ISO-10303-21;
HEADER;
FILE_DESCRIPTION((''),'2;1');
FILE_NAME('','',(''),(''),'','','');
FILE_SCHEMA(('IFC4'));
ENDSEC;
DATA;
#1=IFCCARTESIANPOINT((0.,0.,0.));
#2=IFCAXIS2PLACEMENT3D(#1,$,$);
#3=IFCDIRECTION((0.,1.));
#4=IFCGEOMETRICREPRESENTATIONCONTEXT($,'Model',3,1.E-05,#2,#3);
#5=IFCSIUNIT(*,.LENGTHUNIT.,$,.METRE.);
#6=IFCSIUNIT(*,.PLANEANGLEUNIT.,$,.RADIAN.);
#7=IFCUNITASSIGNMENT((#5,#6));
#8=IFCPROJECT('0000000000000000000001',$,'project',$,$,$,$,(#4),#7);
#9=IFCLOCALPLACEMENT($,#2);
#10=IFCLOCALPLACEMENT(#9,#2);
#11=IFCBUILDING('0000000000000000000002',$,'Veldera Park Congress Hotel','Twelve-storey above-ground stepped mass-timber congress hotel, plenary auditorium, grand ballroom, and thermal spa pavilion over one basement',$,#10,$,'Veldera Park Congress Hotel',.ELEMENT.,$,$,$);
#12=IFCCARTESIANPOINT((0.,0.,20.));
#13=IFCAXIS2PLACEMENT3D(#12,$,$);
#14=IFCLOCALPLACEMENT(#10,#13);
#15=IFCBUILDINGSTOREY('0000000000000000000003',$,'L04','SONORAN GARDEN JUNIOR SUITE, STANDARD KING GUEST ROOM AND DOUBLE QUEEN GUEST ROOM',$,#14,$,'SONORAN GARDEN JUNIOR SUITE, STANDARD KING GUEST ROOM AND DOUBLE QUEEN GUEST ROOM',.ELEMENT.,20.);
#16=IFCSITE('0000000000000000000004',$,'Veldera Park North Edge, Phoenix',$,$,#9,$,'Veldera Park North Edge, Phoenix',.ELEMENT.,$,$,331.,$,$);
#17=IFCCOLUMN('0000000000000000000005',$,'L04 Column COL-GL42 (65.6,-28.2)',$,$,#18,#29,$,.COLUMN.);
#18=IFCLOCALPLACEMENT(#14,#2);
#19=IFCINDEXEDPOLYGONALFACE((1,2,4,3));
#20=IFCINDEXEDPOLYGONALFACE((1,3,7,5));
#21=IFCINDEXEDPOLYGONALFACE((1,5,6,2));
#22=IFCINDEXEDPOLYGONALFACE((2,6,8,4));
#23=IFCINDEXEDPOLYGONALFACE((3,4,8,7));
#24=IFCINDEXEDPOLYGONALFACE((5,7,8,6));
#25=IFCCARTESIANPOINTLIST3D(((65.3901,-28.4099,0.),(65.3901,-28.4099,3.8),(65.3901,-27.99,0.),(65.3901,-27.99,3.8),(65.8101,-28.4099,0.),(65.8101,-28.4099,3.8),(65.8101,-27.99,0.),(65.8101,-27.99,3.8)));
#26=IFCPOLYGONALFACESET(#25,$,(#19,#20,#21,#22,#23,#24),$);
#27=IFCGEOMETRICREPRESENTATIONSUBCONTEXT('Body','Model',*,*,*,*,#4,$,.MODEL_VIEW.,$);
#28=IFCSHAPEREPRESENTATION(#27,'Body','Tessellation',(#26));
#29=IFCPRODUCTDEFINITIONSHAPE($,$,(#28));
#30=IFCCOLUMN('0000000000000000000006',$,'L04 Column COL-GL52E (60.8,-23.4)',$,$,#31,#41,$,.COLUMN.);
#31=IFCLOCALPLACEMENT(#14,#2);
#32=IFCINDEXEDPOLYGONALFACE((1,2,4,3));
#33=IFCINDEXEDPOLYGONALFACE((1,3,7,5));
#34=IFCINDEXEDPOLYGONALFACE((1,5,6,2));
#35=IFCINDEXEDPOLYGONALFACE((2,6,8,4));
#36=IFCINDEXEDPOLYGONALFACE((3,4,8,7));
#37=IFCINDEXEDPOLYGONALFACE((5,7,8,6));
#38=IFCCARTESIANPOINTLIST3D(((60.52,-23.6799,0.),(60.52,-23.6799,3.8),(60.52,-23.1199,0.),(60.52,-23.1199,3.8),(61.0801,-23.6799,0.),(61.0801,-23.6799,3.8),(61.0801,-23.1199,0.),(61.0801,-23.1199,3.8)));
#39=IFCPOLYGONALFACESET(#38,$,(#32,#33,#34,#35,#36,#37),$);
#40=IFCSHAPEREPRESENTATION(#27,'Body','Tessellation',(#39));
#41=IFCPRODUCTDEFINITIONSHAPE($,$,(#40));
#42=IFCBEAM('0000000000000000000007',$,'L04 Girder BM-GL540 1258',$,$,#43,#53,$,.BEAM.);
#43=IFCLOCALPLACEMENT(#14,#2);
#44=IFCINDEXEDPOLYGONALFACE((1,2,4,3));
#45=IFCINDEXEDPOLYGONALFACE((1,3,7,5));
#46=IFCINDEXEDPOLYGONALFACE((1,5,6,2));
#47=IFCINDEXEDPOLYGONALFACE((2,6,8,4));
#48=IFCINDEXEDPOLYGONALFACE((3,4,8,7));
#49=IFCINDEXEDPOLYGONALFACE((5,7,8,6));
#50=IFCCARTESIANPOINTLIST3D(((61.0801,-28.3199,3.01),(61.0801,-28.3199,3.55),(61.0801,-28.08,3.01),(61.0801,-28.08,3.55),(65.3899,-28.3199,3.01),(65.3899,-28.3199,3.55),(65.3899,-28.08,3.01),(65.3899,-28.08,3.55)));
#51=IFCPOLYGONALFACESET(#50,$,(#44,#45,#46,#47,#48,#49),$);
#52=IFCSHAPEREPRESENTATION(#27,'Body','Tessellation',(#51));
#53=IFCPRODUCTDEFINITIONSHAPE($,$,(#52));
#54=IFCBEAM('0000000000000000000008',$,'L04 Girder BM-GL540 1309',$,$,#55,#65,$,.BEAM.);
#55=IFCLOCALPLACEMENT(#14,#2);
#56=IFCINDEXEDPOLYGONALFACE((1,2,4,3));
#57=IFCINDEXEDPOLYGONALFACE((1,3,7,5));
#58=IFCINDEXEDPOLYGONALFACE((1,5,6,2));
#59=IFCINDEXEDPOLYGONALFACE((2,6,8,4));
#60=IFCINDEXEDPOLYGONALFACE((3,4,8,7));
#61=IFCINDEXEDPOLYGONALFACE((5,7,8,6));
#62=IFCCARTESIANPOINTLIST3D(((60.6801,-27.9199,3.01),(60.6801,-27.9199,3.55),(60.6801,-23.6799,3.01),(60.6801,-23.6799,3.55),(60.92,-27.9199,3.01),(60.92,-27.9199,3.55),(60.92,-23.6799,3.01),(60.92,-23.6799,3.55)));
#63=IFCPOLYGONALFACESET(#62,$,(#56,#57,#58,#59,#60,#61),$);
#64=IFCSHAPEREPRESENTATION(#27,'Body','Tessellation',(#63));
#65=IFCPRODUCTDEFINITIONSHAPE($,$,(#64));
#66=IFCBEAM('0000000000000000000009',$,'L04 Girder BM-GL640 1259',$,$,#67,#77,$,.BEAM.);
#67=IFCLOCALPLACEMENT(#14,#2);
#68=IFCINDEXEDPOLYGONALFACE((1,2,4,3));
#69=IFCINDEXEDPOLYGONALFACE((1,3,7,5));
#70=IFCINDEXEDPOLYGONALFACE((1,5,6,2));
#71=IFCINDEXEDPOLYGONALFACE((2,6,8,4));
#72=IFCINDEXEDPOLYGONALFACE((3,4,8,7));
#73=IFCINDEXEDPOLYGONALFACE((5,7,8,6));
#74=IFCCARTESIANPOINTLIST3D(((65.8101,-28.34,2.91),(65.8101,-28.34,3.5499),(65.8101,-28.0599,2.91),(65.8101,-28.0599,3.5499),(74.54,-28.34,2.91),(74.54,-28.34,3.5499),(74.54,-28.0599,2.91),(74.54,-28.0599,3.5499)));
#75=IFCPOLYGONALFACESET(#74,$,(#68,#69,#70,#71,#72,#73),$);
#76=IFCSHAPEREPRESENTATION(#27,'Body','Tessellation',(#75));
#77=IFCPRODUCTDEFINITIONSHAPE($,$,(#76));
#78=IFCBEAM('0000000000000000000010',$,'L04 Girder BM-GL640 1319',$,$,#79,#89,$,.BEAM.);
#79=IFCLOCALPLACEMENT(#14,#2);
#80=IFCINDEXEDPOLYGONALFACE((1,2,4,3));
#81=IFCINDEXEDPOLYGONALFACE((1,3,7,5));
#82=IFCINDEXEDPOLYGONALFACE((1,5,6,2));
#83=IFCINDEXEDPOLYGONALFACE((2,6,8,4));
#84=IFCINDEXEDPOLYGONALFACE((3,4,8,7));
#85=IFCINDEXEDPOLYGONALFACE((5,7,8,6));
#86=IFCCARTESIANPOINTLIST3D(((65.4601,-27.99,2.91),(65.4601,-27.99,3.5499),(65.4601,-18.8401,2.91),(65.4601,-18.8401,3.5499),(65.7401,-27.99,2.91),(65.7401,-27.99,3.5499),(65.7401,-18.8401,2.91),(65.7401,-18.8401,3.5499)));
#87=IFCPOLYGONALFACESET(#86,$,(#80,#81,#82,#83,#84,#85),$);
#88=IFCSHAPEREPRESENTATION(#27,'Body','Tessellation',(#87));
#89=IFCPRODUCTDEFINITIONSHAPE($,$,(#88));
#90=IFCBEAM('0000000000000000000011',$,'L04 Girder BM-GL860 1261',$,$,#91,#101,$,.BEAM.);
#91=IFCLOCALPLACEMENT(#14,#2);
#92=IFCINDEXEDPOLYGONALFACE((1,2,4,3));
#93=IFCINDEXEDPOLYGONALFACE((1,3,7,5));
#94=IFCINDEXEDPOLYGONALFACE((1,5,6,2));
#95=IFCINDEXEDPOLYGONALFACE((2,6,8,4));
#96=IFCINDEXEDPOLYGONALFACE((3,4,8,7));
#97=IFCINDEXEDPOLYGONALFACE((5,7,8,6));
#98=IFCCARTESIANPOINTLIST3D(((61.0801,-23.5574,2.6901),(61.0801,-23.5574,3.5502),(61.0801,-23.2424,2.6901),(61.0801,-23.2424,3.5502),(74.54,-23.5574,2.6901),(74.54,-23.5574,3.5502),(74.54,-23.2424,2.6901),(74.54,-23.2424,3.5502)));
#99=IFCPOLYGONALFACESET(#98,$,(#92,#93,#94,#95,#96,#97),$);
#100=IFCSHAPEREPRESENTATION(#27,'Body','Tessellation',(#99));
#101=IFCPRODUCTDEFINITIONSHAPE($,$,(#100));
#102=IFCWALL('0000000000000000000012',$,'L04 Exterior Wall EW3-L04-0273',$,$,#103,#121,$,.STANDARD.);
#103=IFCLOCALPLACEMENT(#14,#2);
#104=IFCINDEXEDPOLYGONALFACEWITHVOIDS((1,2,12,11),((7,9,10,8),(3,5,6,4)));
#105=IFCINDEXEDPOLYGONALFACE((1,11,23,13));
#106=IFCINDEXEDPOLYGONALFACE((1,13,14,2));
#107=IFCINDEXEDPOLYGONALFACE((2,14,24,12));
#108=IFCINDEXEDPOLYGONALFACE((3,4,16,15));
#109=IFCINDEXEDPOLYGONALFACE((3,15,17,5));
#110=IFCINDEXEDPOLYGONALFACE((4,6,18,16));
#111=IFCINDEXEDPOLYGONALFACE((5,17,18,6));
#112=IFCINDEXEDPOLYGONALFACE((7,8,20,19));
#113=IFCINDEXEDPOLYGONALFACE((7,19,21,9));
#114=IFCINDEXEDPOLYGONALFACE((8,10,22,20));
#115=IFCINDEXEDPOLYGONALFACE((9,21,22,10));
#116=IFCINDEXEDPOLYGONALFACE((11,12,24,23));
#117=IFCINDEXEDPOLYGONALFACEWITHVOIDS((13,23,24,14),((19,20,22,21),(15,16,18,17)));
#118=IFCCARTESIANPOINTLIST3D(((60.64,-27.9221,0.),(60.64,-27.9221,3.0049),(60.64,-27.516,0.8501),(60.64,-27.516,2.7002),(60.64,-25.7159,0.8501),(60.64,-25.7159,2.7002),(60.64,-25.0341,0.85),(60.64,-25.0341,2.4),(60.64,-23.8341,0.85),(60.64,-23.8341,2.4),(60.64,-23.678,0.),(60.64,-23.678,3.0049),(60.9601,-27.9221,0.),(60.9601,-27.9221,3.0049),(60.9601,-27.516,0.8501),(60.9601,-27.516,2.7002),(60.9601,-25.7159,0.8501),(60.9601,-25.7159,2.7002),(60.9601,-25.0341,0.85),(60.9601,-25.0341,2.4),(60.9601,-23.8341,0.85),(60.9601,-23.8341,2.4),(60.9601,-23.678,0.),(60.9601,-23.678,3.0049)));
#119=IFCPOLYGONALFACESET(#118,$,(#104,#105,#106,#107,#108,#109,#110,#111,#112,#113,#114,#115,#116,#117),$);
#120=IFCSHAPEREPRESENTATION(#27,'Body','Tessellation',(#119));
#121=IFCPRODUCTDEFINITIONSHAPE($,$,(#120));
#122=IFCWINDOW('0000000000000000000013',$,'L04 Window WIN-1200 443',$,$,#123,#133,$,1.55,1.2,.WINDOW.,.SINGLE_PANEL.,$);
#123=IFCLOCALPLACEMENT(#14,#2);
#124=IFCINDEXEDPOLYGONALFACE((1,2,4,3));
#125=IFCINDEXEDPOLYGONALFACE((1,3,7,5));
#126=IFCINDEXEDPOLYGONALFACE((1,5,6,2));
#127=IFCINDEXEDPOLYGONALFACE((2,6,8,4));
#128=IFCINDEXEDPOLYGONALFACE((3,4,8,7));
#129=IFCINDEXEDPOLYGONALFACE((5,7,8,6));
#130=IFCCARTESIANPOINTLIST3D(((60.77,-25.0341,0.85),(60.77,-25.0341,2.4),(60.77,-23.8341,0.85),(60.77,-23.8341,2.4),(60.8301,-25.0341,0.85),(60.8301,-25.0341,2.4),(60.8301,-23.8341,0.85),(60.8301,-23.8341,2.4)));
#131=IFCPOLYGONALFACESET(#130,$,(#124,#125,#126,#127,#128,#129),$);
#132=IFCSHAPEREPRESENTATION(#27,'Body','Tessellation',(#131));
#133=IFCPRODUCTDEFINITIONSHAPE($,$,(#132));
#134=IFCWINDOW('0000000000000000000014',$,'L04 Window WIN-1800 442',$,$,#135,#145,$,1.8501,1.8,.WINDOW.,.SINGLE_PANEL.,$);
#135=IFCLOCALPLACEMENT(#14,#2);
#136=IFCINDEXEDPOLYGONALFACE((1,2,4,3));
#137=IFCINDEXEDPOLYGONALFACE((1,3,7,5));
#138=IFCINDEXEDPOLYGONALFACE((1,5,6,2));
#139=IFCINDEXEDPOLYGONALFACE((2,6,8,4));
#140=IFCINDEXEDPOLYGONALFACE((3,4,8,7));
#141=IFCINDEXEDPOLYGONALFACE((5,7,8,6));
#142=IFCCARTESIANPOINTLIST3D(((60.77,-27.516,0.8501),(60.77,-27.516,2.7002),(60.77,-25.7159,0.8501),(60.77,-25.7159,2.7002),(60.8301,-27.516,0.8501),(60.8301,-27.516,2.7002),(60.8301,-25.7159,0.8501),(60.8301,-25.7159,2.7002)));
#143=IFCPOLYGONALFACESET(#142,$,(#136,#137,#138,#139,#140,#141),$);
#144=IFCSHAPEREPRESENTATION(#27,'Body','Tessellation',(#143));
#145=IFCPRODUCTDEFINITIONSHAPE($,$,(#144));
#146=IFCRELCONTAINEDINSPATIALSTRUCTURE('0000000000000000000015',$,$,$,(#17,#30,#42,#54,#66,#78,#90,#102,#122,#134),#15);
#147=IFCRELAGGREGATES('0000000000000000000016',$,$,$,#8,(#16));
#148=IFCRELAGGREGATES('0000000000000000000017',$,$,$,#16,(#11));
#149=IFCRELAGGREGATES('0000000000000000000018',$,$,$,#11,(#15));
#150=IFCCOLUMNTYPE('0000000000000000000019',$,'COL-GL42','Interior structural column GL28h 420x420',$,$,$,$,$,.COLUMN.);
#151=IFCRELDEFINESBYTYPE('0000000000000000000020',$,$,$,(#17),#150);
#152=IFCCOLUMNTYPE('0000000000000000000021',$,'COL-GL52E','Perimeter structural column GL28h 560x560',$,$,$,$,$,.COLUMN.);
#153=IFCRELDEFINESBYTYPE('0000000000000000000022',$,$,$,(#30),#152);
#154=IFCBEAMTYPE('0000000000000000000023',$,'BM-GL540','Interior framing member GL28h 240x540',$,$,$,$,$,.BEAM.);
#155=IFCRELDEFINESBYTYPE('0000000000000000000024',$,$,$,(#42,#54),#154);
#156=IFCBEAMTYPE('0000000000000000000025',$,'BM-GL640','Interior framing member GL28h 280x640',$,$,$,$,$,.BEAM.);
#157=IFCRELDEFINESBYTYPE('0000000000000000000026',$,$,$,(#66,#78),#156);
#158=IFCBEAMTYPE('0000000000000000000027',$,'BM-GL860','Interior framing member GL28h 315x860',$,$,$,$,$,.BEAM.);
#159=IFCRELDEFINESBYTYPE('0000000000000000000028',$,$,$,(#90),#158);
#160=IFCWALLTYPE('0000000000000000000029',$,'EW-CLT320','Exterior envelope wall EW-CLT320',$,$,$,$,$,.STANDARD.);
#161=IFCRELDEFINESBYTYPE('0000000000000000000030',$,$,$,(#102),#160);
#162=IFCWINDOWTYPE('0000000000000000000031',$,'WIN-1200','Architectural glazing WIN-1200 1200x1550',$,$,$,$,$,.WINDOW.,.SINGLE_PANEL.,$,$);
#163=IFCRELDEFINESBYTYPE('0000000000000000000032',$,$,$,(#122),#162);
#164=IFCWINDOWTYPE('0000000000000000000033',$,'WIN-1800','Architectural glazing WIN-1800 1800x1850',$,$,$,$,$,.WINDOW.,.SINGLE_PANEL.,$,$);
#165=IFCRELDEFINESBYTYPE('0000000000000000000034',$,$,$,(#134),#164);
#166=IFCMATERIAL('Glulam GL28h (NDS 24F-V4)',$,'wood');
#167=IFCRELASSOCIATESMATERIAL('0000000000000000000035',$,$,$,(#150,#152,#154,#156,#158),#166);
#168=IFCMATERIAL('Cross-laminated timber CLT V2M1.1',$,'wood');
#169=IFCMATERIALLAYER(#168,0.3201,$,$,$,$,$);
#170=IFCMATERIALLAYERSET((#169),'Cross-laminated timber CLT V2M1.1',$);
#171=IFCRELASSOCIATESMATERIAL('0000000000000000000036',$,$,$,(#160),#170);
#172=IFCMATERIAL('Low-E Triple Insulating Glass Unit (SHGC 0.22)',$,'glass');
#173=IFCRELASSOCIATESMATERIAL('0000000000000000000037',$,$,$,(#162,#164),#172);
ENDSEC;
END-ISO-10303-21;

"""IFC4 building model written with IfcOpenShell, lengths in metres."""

from ifc_helpers import new_model, si_unit, direction, frame, frame_2d, origin, origin_2d, place, context, subcontext, project, spatial, rectangle, extrude, material, layer, layer_set, material_profile, profile_set, type_object, element, fill, save


model = new_model("IFC4")

# Units and contexts
model_context = context("Model", 3, precision=1e-05, world=origin(), true_north=direction((0.0, 1.0)))
body_context = subcontext(model_context, "Body", "Model", "MODEL_VIEW")
ifc_project = project(units=[si_unit("LENGTHUNIT", "METRE"), si_unit("PLANEANGLEUNIT", "RADIAN")], contexts=[model_context])

# Site, building, storey
site_placement = place(None, origin())
site = spatial("IfcSite", under=ifc_project, at=site_placement, Name="Veldera Park North Edge, Phoenix", LongName="Veldera Park North Edge, Phoenix", CompositionType="ELEMENT", RefElevation=331.0)
building_placement = place(site_placement, origin())
building = spatial("IfcBuilding", under=site, at=building_placement, Name="Veldera Park Congress Hotel", Description="Twelve-storey above-ground stepped mass-timber congress hotel, plenary auditorium, grand ballroom, and thermal spa pavilion over one basement", LongName="Veldera Park Congress Hotel", CompositionType="ELEMENT")
storey_placement = place(building_placement, frame((0.0, 0.0, 20.0)))
storey = spatial("IfcBuildingStorey", under=building, at=storey_placement, Name="L04", Description="SONORAN GARDEN JUNIOR SUITE, STANDARD KING GUEST ROOM AND DOUBLE QUEEN GUEST ROOM", LongName="SONORAN GARDEN JUNIOR SUITE, STANDARD KING GUEST ROOM AND DOUBLE QUEEN GUEST ROOM", CompositionType="ELEMENT", Elevation=20.0)

# Columns
ifc_material_1 = material(Name="Glulam GL28h (NDS 24F-V4)", Category="wood")
ifc_material_profile_1 = material_profile(ifc_material_1, rectangle(XDim=0.4199, YDim=0.4199, at=origin_2d()), Name="GL28h 420x420")
ifc_profile_set_1 = profile_set([ifc_material_profile_1], Name="Glulam GL28h (NDS 24F-V4)")
column_type_1 = type_object("IfcColumnType", Name="COL-GL42", Description="Interior structural column GL28h 420x420", PredefinedType="COLUMN", material=ifc_profile_set_1)
column_1_placement = place(storey_placement, frame((65.6001, -28.2, 0.0), z_axis=(0.0, 0.0, 1.0), x_axis=(1.0, 0.0, 0.0)))
element("IfcColumn", 1, at=column_1_placement, inside=storey, type_object=column_type_1, Name="L04 Column COL-GL42 (65.6,-28.2)", PredefinedType="COLUMN", context=body_context, shape_type="SweptSolid", body=[
    extrude(rectangle(XDim=0.4199, YDim=0.4199, at=origin_2d()), origin(), (0.0, 0.0, 1.0), 3.8),
])
ifc_material_profile_2 = material_profile(ifc_material_1, rectangle(XDim=0.5601, YDim=0.5601, at=origin_2d()), Name="GL28h 560x560")
ifc_profile_set_2 = profile_set([ifc_material_profile_2], Name="Glulam GL28h (NDS 24F-V4)")
column_type_2 = type_object("IfcColumnType", Name="COL-GL52E", Description="Perimeter structural column GL28h 560x560", PredefinedType="COLUMN", material=ifc_profile_set_2)
column_2_placement = place(storey_placement, frame((60.8, -23.3999, 0.0), z_axis=(0.0, 0.0, 1.0), x_axis=(1.0, 0.0, 0.0)))
element("IfcColumn", 2, at=column_2_placement, inside=storey, type_object=column_type_2, Name="L04 Column COL-GL52E (60.8,-23.4)", PredefinedType="COLUMN", context=body_context, shape_type="SweptSolid", body=[
    extrude(rectangle(XDim=0.5601, YDim=0.5601, at=origin_2d()), origin(), (0.0, 0.0, 1.0), 3.8),
])

# Beams
ifc_material_profile_3 = material_profile(ifc_material_1, rectangle(XDim=0.24, YDim=0.54, at=origin_2d()), Name="GL28h 240x540")
ifc_profile_set_3 = profile_set([ifc_material_profile_3], Name="Glulam GL28h (NDS 24F-V4)")
beam_type_1 = type_object("IfcBeamType", Name="BM-GL540", Description="Interior framing member GL28h 240x540", PredefinedType="BEAM", material=ifc_profile_set_3)
beam_1_placement = place(storey_placement, frame((61.0801, -28.2, 3.28), z_axis=(1.0, 0.0, 0.0), x_axis=(0.0, 1.0, 0.0)))
element("IfcBeam", 3, at=beam_1_placement, inside=storey, type_object=beam_type_1, Name="L04 Girder BM-GL540 1258", PredefinedType="BEAM", context=body_context, shape_type="SweptSolid", body=[
    extrude(rectangle(XDim=0.24, YDim=0.54, at=origin_2d()), origin(), (0.0, 0.0, 1.0), 4.3098),
])
beam_2_placement = place(storey_placement, frame((60.8, -27.9199, 3.28), z_axis=(0.0, 1.0, 0.0), x_axis=(-1.0, 0.0, 0.0)))
element("IfcBeam", 4, at=beam_2_placement, inside=storey, type_object=beam_type_1, Name="L04 Girder BM-GL540 1309", PredefinedType="BEAM", context=body_context, shape_type="SweptSolid", body=[
    extrude(rectangle(XDim=0.24, YDim=0.54, at=origin_2d()), origin(), (0.0, 0.0, 1.0), 4.24),
])
ifc_material_profile_4 = material_profile(ifc_material_1, rectangle(XDim=0.28, YDim=0.6399, at=origin_2d()), Name="GL28h 280x640")
ifc_profile_set_4 = profile_set([ifc_material_profile_4], Name="Glulam GL28h (NDS 24F-V4)")
beam_type_2 = type_object("IfcBeamType", Name="BM-GL640", Description="Interior framing member GL28h 280x640", PredefinedType="BEAM", material=ifc_profile_set_4)
beam_3_placement = place(storey_placement, frame((65.8101, -28.2, 3.23), z_axis=(1.0, 0.0, 0.0), x_axis=(0.0, 1.0, 0.0)))
element("IfcBeam", 5, at=beam_3_placement, inside=storey, type_object=beam_type_2, Name="L04 Girder BM-GL640 1259", PredefinedType="BEAM", context=body_context, shape_type="SweptSolid", body=[
    extrude(rectangle(XDim=0.28, YDim=0.6399, at=origin_2d()), origin(), (0.0, 0.0, 1.0), 8.73),
])
beam_4_placement = place(storey_placement, frame((65.6001, -27.99, 3.23), z_axis=(0.0, 1.0, 0.0), x_axis=(-1.0, 0.0, 0.0)))
element("IfcBeam", 6, at=beam_4_placement, inside=storey, type_object=beam_type_2, Name="L04 Girder BM-GL640 1319", PredefinedType="BEAM", context=body_context, shape_type="SweptSolid", body=[
    extrude(rectangle(XDim=0.28, YDim=0.6399, at=origin_2d()), origin(), (0.0, 0.0, 1.0), 9.1499),
])
ifc_material_profile_5 = material_profile(ifc_material_1, rectangle(XDim=0.3149, YDim=0.8601, at=origin_2d()), Name="GL28h 315x860")
ifc_profile_set_5 = profile_set([ifc_material_profile_5], Name="Glulam GL28h (NDS 24F-V4)")
beam_type_3 = type_object("IfcBeamType", Name="BM-GL860", Description="Interior framing member GL28h 315x860", PredefinedType="BEAM", material=ifc_profile_set_5)
beam_5_placement = place(storey_placement, frame((61.0801, -23.3999, 3.1201), z_axis=(1.0, 0.0, 0.0), x_axis=(0.0, 1.0, 0.0)))
element("IfcBeam", 7, at=beam_5_placement, inside=storey, type_object=beam_type_3, Name="L04 Girder BM-GL860 1261", PredefinedType="BEAM", context=body_context, shape_type="SweptSolid", body=[
    extrude(rectangle(XDim=0.3149, YDim=0.8601, at=origin_2d()), origin(), (0.0, 0.0, 1.0), 13.46),
])

# Wall, openings, windows
ifc_material_2 = material(Name="Cross-laminated timber CLT V2M1.1", Category="wood")
ifc_layer_1 = layer(ifc_material_2, 0.3201)
ifc_layer_set_1 = layer_set([ifc_layer_1], Name="Cross-laminated timber CLT V2M1.1")
wall_type_1 = type_object("IfcWallType", Name="EW-CLT320", Description="Exterior envelope wall EW-CLT320", PredefinedType="STANDARD", material=ifc_layer_set_1)
wall_1_placement = place(storey_placement, frame((60.8, -23.678, 0.0), z_axis=(0.0, 0.0, 1.0), x_axis=(0.0, -1.0, 0.0)))
wall_1 = element("IfcWall", 8, at=wall_1_placement, inside=storey, type_object=wall_type_1, Name="L04 Exterior Wall EW3-L04-0273", PredefinedType="STANDARD", context=body_context, shape_type="SweptSolid", body=[
    extrude(rectangle(XDim=4.2441, YDim=0.3201, at=frame_2d((2.1221, 0.0))), origin(), (0.0, 0.0, 1.0), 3.0049),
])
opening_1_placement = place(wall_1_placement, frame((2.0381, 0.0, 0.8501)))
opening_1 = element("IfcOpeningElement", 9, at=opening_1_placement, cuts=wall_1, PredefinedType="OPENING", context=body_context, shape_type="SweptSolid", body=[
    extrude(rectangle(XDim=1.8, YDim=1.8501, at=frame_2d((0.8999, 0.925))), frame((0.0, 0.1721, 0.0), z_axis=(0.0, -1.0, 0.0), x_axis=(1.0, 0.0, 0.0)), (0.0, 0.0, 1.0), 0.344),
])
opening_2_placement = place(wall_1_placement, frame((0.156, 0.0, 0.8501)))
opening_2 = element("IfcOpeningElement", 10, at=opening_2_placement, cuts=wall_1, PredefinedType="OPENING", context=body_context, shape_type="SweptSolid", body=[
    extrude(rectangle(XDim=1.2, YDim=1.55, at=frame_2d((0.6001, 0.7749))), frame((0.0, 0.1721, 0.0), z_axis=(0.0, -1.0, 0.0), x_axis=(1.0, 0.0, 0.0)), (0.0, 0.0, 1.0), 0.344),
])
ifc_material_3 = material(Name="Low-E Triple Insulating Glass Unit (SHGC 0.22)", Category="glass")
window_type_1 = type_object("IfcWindowType", Name="WIN-1200", Description="Architectural glazing WIN-1200 1200x1550", PartitioningType="SINGLE_PANEL", PredefinedType="WINDOW", material=ifc_material_3)
window_1_placement = place(opening_2_placement, origin())
window_1 = element("IfcWindow", 11, at=window_1_placement, inside=storey, type_object=window_type_1, Name="L04 Window WIN-1200 443", OverallHeight=1.55, OverallWidth=1.2, PartitioningType="SINGLE_PANEL", PredefinedType="WINDOW", context=body_context, shape_type="SweptSolid", body=[
    extrude(rectangle(XDim=1.2, YDim=1.55, at=frame_2d((0.6001, 0.7749))), frame((0.0, 0.03, 0.0), z_axis=(0.0, -1.0, 0.0), x_axis=(1.0, 0.0, 0.0)), (0.0, 0.0, 1.0), 0.0601),
])
fill(opening_2, window_1)
window_type_2 = type_object("IfcWindowType", Name="WIN-1800", Description="Architectural glazing WIN-1800 1800x1850", PartitioningType="SINGLE_PANEL", PredefinedType="WINDOW", material=ifc_material_3)
window_2_placement = place(opening_1_placement, origin())
window_2 = element("IfcWindow", 12, at=window_2_placement, inside=storey, type_object=window_type_2, Name="L04 Window WIN-1800 442", OverallHeight=1.8501, OverallWidth=1.8, PartitioningType="SINGLE_PANEL", PredefinedType="WINDOW", context=body_context, shape_type="SweptSolid", body=[
    extrude(rectangle(XDim=1.8, YDim=1.8501, at=frame_2d((0.8999, 0.925))), frame((0.0, 0.03, 0.0), z_axis=(0.0, -1.0, 0.0), x_axis=(1.0, 0.0, 0.0)), (0.0, 0.0, 1.0), 0.0601),
])
fill(opening_1, window_2)

save(model, "model.ifc")
